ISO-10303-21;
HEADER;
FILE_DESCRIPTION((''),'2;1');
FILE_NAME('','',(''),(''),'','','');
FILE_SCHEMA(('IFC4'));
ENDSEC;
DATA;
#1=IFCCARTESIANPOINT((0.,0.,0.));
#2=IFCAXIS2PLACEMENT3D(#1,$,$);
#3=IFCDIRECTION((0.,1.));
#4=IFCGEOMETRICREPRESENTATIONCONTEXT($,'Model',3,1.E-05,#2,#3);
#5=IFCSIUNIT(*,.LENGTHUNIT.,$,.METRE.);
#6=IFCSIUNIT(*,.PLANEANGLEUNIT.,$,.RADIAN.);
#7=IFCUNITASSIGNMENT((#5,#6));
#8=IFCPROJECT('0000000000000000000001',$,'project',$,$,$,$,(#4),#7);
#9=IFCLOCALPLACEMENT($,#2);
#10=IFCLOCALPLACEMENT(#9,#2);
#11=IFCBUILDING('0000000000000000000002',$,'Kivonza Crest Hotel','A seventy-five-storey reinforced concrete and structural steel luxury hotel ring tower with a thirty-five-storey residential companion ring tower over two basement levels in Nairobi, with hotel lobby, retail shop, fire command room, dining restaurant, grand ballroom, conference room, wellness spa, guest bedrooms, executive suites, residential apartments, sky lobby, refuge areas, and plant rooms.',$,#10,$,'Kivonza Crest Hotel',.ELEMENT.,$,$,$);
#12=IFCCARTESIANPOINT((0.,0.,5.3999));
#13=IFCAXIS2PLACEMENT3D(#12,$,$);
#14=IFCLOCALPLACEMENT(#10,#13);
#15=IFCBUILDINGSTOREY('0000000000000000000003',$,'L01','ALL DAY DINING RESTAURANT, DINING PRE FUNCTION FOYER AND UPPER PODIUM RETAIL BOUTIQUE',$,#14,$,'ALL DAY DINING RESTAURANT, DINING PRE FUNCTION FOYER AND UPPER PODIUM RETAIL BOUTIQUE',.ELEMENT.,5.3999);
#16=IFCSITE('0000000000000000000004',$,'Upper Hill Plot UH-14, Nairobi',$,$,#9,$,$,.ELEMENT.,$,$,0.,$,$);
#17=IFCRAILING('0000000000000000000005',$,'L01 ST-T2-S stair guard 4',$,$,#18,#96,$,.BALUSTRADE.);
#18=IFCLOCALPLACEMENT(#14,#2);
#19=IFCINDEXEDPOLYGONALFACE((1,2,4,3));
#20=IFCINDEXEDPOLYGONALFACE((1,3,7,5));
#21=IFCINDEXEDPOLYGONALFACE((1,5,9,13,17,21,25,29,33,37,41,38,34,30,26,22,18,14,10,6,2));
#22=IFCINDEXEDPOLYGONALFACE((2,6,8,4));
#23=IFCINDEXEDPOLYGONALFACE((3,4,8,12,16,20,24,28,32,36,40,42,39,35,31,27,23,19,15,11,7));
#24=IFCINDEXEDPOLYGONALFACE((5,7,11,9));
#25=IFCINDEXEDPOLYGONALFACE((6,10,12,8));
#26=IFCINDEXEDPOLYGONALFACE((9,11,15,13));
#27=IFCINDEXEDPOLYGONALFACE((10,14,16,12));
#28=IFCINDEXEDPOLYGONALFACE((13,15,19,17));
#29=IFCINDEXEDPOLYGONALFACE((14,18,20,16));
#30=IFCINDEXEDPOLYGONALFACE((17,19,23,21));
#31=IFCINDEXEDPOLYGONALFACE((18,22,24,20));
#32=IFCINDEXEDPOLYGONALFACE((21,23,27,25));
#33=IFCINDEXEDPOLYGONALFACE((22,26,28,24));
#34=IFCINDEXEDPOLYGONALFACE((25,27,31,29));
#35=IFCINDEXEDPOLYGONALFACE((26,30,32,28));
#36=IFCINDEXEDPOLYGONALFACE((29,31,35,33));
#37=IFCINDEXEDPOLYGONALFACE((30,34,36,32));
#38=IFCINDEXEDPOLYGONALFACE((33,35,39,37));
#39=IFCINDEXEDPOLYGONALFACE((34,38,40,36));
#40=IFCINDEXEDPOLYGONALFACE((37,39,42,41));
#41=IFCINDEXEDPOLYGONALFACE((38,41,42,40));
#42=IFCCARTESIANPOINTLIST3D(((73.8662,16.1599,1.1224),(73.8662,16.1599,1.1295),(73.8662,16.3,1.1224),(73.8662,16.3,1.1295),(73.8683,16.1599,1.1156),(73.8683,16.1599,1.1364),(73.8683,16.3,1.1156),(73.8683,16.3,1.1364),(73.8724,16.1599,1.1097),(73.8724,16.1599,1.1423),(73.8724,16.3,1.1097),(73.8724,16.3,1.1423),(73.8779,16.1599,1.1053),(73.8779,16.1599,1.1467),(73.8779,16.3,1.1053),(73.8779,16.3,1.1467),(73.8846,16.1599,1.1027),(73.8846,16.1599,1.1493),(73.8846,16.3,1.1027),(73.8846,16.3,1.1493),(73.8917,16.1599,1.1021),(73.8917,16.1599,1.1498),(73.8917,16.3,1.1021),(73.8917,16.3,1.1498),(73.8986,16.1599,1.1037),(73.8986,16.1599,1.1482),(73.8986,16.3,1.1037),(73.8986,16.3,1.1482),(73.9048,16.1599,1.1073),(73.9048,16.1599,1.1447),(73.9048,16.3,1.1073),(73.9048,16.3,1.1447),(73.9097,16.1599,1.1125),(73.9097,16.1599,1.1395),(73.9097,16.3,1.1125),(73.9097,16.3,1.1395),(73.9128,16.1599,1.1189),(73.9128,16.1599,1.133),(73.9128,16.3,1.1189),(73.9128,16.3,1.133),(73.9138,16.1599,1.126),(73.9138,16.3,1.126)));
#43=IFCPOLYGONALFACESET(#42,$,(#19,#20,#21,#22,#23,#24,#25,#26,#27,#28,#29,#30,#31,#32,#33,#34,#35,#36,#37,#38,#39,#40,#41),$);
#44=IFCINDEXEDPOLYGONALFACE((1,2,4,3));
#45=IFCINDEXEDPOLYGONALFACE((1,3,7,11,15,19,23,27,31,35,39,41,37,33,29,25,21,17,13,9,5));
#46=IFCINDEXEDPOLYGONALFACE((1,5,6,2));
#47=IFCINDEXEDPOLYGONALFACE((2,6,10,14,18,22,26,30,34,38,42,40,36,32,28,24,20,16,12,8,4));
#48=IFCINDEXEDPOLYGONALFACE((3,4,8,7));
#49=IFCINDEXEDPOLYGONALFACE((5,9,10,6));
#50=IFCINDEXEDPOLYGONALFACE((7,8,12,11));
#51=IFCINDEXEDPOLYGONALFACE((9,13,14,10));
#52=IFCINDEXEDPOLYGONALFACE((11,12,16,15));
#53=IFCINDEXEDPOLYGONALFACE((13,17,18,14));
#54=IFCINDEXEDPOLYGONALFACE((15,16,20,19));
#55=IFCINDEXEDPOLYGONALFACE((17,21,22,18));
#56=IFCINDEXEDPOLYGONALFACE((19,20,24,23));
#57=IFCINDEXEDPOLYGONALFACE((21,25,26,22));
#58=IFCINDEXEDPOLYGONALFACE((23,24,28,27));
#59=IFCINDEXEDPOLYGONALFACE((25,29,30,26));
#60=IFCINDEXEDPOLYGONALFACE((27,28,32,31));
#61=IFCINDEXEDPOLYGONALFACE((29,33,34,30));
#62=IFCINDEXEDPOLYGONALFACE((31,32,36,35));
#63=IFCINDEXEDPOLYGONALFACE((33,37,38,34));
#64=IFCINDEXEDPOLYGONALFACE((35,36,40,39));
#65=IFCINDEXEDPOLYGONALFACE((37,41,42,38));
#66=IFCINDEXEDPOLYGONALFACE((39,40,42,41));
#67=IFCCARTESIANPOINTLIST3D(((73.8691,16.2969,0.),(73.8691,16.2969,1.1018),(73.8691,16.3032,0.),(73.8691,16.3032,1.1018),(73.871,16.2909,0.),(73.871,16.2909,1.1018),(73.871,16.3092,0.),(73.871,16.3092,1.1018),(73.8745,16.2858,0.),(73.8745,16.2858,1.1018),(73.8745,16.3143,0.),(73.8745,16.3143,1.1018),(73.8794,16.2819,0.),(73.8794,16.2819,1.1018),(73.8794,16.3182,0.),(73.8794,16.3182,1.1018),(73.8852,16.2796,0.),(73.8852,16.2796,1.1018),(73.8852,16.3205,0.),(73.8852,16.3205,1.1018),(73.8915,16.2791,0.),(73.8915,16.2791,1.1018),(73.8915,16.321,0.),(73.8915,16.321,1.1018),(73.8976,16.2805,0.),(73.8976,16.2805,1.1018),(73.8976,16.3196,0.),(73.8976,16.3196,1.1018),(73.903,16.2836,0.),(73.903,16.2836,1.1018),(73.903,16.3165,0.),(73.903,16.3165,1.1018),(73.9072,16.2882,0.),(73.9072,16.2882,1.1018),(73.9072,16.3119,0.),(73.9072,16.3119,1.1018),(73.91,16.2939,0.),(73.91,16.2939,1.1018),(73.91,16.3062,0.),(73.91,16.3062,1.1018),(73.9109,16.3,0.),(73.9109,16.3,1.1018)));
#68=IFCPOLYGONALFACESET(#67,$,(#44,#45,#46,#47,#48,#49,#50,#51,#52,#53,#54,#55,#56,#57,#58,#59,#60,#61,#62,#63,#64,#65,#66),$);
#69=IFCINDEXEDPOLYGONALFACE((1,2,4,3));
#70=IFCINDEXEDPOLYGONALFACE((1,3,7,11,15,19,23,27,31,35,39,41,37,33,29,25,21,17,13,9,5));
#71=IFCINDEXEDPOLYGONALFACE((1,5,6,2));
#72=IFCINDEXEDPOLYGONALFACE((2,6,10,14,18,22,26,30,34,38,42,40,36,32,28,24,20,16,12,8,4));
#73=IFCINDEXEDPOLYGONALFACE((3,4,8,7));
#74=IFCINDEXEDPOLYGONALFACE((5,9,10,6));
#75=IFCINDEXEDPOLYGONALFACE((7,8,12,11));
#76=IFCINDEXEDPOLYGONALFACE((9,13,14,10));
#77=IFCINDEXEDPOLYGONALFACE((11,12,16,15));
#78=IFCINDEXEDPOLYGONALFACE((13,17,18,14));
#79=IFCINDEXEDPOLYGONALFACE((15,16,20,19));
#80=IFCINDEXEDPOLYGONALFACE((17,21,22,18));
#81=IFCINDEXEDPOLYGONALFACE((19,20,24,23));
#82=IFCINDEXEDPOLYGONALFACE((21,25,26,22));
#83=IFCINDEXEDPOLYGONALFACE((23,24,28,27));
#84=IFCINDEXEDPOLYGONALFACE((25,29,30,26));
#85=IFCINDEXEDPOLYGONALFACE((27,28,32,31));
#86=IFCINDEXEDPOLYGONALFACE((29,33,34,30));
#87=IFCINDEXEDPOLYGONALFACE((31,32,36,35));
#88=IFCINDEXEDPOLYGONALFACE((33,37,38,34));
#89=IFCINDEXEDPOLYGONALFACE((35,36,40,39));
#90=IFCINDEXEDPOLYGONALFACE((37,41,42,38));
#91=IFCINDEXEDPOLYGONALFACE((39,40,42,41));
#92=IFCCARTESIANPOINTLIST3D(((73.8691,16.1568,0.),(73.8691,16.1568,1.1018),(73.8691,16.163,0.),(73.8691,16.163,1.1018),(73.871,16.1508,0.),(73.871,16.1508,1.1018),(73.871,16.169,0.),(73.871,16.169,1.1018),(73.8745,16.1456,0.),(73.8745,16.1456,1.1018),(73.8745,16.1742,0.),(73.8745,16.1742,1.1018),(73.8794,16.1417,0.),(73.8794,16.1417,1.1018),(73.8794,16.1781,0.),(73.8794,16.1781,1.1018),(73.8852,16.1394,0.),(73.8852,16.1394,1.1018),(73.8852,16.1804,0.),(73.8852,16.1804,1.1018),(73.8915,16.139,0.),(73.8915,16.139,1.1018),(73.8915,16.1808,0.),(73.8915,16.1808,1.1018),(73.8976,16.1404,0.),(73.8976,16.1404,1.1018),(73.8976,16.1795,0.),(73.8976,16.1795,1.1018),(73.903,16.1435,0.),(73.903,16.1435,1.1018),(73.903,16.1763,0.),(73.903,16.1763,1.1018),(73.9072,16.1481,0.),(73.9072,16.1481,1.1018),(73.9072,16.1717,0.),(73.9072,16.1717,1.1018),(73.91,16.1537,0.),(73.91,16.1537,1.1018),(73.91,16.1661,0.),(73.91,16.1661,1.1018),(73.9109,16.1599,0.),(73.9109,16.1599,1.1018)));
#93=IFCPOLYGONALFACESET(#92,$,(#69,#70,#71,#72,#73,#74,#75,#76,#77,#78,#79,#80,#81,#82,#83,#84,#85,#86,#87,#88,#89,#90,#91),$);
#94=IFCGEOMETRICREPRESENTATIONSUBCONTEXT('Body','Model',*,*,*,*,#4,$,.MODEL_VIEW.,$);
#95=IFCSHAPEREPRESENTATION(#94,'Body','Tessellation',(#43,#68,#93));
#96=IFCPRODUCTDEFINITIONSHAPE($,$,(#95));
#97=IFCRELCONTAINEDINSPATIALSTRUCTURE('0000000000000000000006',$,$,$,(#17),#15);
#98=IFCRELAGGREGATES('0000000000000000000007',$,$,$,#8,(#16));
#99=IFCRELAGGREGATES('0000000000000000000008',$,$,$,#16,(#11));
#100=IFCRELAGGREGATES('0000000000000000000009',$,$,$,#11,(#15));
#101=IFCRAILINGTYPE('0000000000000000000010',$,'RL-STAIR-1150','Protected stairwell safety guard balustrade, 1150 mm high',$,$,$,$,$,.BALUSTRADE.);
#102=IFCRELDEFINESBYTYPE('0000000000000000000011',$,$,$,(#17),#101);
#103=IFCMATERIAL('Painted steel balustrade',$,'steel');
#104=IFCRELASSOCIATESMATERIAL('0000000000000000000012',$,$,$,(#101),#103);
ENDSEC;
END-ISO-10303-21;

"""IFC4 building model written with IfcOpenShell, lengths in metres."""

from ifc_helpers import new_model, si_unit, direction, frame, origin, origin_2d, place, context, subcontext, project, spatial, circle, extrude, material, type_object, element, save


model = new_model("IFC4")

# Units and contexts
model_context = context("Model", 3, precision=1e-05, world=origin(), true_north=direction((0.0, 1.0)))
body_context = subcontext(model_context, "Body", "Model", "MODEL_VIEW")
ifc_project = project(units=[si_unit("LENGTHUNIT", "METRE"), si_unit("PLANEANGLEUNIT", "RADIAN")], contexts=[model_context])

# Site, building, storey
site_placement = place(None, origin())
site = spatial("IfcSite", under=ifc_project, at=site_placement, Name="Upper Hill Plot UH-14, Nairobi", CompositionType="ELEMENT", RefElevation=0.0)
building_placement = place(site_placement, origin())
building = spatial("IfcBuilding", under=site, at=building_placement, Name="Kivonza Crest Hotel", Description="A seventy-five-storey reinforced concrete and structural steel luxury hotel ring tower with a thirty-five-storey residential companion ring tower over two basement levels in Nairobi, with hotel lobby, retail shop, fire command room, dining restaurant, grand ballroom, conference room, wellness spa, guest bedrooms, executive suites, residential apartments, sky lobby, refuge areas, and plant rooms.", LongName="Kivonza Crest Hotel", CompositionType="ELEMENT")
storey_placement = place(building_placement, frame((0.0, 0.0, 5.3999)))
storey = spatial("IfcBuildingStorey", under=building, at=storey_placement, Name="L01", Description="ALL DAY DINING RESTAURANT, DINING PRE FUNCTION FOYER AND UPPER PODIUM RETAIL BOUTIQUE", LongName="ALL DAY DINING RESTAURANT, DINING PRE FUNCTION FOYER AND UPPER PODIUM RETAIL BOUTIQUE", CompositionType="ELEMENT", Elevation=5.3999)

# Railing
ifc_material_1 = material(Name="Painted steel balustrade", Category="steel")
railing_type_1 = type_object("IfcRailingType", Name="RL-STAIR-1150", Description="Protected stairwell safety guard balustrade, 1150 mm high", PredefinedType="BALUSTRADE", material=ifc_material_1)
railing_1_placement = place(storey_placement, frame((73.8899, 16.3, 0.0)))
element("IfcRailing", 1, at=railing_1_placement, inside=storey, type_object=railing_type_1, Name="L01 ST-T2-S stair guard 4", PredefinedType="BALUSTRADE", context=body_context, shape_type="SweptSolid", body=[
    extrude(circle(Radius=0.0239, at=origin_2d()), frame((0.0, 0.0, 1.126), z_axis=(0.0, -1.0, 0.0), x_axis=(1.0, 0.0, 0.0)), (0.0, 0.0, 1.0), 0.1401),
    extrude(circle(Radius=0.021, at=origin_2d()), origin(), (0.0, 0.0, 1.0), 1.1018),
    extrude(circle(Radius=0.021, at=origin_2d()), frame((0.0, -0.1401, 0.0)), (0.0, 0.0, 1.0), 1.1018),
])

save(model, "model.ifc")
